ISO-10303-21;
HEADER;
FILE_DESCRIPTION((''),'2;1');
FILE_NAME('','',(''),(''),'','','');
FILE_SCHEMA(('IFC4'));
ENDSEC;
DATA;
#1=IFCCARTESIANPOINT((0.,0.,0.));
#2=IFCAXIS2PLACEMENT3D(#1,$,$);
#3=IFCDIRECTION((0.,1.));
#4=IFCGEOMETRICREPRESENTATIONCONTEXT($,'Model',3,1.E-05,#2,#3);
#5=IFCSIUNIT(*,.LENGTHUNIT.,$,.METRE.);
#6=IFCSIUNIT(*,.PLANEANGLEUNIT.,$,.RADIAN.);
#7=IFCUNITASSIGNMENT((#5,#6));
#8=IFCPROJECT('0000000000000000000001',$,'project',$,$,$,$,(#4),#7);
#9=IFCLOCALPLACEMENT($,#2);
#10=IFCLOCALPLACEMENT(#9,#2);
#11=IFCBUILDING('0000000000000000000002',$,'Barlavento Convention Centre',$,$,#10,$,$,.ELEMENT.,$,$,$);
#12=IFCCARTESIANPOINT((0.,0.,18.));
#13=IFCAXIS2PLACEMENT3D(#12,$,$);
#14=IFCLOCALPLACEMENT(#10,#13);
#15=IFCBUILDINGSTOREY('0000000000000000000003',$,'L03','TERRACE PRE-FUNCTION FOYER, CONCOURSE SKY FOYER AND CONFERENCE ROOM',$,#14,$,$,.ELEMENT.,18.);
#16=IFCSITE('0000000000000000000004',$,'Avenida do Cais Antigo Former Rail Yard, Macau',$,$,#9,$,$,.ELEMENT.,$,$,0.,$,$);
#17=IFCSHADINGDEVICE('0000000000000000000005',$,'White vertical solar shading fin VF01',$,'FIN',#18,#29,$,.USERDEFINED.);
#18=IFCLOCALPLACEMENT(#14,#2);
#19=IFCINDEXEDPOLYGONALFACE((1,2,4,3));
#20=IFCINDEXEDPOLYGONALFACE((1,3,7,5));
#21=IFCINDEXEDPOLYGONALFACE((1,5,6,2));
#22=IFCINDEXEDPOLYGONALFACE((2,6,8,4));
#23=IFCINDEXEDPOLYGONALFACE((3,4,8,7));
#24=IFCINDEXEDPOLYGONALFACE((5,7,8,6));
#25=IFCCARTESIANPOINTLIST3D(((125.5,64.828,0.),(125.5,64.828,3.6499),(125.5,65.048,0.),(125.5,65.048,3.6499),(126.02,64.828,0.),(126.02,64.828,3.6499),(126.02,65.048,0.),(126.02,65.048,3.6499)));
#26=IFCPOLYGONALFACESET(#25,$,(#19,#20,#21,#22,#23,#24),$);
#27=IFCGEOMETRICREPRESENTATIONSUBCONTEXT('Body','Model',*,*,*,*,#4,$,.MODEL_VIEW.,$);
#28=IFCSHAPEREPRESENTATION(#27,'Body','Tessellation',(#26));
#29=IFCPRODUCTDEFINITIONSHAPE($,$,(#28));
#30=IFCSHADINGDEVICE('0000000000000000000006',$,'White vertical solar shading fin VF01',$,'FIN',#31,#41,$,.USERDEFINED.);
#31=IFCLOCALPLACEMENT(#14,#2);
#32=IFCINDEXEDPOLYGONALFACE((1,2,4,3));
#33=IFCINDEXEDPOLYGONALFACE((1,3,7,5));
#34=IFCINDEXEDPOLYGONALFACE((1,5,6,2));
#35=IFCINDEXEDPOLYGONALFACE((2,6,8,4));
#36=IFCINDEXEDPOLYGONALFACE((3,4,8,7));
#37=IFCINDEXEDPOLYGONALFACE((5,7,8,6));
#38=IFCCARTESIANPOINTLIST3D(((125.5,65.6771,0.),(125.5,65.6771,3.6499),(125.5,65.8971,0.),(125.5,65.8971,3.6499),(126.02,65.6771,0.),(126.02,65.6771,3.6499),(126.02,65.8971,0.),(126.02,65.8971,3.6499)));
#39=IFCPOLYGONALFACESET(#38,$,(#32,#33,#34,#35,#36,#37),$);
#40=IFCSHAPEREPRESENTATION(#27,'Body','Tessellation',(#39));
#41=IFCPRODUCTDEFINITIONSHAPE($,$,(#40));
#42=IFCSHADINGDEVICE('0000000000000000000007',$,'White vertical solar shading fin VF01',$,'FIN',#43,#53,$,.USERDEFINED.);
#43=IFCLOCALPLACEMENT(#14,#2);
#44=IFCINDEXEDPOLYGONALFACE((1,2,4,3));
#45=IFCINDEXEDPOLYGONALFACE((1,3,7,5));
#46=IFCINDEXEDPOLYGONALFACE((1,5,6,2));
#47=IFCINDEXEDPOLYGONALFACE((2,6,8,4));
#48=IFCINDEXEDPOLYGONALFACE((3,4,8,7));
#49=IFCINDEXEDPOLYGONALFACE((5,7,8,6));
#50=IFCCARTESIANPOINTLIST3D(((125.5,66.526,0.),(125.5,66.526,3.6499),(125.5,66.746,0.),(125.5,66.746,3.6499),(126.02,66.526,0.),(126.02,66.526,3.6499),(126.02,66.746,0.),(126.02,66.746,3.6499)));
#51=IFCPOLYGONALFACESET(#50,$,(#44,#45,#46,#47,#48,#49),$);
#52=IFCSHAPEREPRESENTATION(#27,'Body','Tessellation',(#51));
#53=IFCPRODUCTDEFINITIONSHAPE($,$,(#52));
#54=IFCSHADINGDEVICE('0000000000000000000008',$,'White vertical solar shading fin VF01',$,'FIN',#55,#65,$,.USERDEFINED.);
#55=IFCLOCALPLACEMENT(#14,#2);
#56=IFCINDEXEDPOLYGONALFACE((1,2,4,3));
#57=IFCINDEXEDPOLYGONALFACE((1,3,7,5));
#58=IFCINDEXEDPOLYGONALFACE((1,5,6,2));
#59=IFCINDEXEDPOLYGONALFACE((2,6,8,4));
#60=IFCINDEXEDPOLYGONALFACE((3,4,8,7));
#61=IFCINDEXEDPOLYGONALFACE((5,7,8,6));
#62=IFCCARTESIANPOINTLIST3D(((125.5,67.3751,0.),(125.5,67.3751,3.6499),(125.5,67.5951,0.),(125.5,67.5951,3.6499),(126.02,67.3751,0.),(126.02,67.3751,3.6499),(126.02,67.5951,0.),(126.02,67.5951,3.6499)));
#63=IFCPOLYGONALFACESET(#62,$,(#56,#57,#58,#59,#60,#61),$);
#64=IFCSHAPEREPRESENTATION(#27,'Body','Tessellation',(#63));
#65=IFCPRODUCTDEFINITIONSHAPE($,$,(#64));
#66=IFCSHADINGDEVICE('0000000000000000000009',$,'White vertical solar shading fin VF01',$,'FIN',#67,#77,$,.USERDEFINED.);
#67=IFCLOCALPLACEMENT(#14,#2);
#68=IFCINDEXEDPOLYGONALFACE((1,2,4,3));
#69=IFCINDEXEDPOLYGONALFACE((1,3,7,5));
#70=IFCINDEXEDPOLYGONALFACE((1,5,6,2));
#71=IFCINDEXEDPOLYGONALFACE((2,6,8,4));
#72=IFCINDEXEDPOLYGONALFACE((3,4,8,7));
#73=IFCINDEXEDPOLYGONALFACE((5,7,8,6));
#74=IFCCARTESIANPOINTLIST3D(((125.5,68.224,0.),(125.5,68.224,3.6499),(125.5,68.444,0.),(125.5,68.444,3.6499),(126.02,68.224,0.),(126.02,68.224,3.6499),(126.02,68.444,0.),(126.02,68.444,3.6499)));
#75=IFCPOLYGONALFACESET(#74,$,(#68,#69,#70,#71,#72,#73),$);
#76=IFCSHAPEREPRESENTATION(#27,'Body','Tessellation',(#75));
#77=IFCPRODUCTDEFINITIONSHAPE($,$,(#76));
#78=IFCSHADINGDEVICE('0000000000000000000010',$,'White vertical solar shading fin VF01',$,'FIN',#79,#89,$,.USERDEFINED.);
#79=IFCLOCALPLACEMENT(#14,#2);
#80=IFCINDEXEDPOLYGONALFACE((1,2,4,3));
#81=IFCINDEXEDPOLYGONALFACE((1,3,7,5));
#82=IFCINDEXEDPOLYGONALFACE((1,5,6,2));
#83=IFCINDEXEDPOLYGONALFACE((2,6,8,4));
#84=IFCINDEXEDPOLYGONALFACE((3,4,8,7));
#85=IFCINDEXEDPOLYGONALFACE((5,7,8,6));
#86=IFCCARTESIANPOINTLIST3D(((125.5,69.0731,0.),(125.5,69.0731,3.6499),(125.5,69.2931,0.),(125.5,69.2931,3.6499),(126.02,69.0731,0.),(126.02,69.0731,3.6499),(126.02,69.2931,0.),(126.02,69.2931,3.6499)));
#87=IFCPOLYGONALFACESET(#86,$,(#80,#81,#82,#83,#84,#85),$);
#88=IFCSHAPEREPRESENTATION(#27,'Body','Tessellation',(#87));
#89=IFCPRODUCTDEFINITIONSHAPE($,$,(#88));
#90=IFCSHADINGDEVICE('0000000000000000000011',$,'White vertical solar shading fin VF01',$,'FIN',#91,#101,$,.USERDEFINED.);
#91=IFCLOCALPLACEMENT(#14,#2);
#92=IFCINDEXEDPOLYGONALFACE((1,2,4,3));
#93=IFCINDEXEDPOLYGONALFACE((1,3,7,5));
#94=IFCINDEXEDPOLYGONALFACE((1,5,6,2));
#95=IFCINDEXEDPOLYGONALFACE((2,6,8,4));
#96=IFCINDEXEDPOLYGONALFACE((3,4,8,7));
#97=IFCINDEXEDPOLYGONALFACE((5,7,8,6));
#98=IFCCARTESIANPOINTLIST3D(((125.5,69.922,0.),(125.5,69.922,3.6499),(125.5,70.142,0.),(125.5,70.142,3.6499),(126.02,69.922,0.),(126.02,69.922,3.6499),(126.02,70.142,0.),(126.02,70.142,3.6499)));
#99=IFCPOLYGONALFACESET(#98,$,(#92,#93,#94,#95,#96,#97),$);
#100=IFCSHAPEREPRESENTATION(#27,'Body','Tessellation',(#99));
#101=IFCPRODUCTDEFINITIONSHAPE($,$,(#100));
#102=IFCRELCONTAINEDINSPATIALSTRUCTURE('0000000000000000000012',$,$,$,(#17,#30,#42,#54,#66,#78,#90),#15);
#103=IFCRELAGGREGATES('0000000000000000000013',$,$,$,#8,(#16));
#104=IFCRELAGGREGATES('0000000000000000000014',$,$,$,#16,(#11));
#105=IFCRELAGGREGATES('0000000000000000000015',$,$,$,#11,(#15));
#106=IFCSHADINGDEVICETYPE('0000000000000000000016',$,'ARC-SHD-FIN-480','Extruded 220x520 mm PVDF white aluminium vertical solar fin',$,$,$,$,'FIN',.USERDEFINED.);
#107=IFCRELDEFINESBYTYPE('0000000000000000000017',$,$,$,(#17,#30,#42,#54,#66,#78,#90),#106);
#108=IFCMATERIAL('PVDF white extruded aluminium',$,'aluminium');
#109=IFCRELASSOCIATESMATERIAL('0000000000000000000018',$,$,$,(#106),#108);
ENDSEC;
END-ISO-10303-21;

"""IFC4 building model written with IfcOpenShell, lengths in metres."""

from ifc_helpers import new_model, si_unit, direction, frame, origin, origin_2d, place, context, subcontext, project, spatial, rectangle, extrude, material, type_object, element, save


model = new_model("IFC4")

# Units and contexts
model_context = context("Model", 3, precision=1e-05, world=origin(), true_north=direction((0.0, 1.0)))
body_context = subcontext(model_context, "Body", "Model", "MODEL_VIEW")
ifc_project = project(units=[si_unit("LENGTHUNIT", "METRE"), si_unit("PLANEANGLEUNIT", "RADIAN")], contexts=[model_context])

# Site, building, storey
site_placement = place(None, origin())
site = spatial("IfcSite", under=ifc_project, at=site_placement, Name="Avenida do Cais Antigo Former Rail Yard, Macau", CompositionType="ELEMENT", RefElevation=0.0)
building_placement = place(site_placement, origin())
building = spatial("IfcBuilding", under=site, at=building_placement, Name="Barlavento Convention Centre", CompositionType="ELEMENT")
storey_placement = place(building_placement, frame((0.0, 0.0, 18.0)))
storey = spatial("IfcBuildingStorey", under=building, at=storey_placement, Name="L03", Description="TERRACE PRE-FUNCTION FOYER, CONCOURSE SKY FOYER AND CONFERENCE ROOM", CompositionType="ELEMENT", Elevation=18.0)

# Shading devices
ifc_material_1 = material(Name="PVDF white extruded aluminium", Category="aluminium")
shading_device_type = type_object("IfcShadingDeviceType", Name="ARC-SHD-FIN-480", Description="Extruded 220x520 mm PVDF white aluminium vertical solar fin", ElementType="FIN", PredefinedType="USERDEFINED", material=ifc_material_1)
for number, where, z_axis, x_axis, name in (
    (1, (125.76, 64.938, 0.0), (0.0, 0.0, 1.0), (0.0, 1.0, 0.0), "White vertical solar shading fin VF01"),
    (2, (125.76, 65.7871, 0.0), (0.0, 0.0, 1.0), (0.0, 1.0, 0.0), "White vertical solar shading fin VF01"),
    (3, (125.76, 66.636, 0.0), (0.0, 0.0, 1.0), (0.0, 1.0, 0.0), "White vertical solar shading fin VF01"),
    (4, (125.76, 67.4851, 0.0), (0.0, 0.0, 1.0), (0.0, 1.0, 0.0), "White vertical solar shading fin VF01"),
    (5, (125.76, 68.334, 0.0), (0.0, 0.0, 1.0), (0.0, 1.0, 0.0), "White vertical solar shading fin VF01"),
    (6, (125.76, 69.1831, 0.0), (0.0, 0.0, 1.0), (0.0, 1.0, 0.0), "White vertical solar shading fin VF01"),
    (7, (125.76, 70.032, 0.0), (0.0, 0.0, 1.0), (0.0, 1.0, 0.0), "White vertical solar shading fin VF01"),
):
    element("IfcShadingDevice", number, at=place(storey_placement, frame(where, z_axis=z_axis, x_axis=x_axis)), inside=storey, type_object=shading_device_type, Name=name, ObjectType="FIN", PredefinedType="USERDEFINED", context=body_context, shape_type="SweptSolid", body=[
        extrude(rectangle(XDim=0.22, YDim=0.52, at=origin_2d()), origin(), (0.0, 0.0, 1.0), 3.6499),
    ])

save(model, "model.ifc")
